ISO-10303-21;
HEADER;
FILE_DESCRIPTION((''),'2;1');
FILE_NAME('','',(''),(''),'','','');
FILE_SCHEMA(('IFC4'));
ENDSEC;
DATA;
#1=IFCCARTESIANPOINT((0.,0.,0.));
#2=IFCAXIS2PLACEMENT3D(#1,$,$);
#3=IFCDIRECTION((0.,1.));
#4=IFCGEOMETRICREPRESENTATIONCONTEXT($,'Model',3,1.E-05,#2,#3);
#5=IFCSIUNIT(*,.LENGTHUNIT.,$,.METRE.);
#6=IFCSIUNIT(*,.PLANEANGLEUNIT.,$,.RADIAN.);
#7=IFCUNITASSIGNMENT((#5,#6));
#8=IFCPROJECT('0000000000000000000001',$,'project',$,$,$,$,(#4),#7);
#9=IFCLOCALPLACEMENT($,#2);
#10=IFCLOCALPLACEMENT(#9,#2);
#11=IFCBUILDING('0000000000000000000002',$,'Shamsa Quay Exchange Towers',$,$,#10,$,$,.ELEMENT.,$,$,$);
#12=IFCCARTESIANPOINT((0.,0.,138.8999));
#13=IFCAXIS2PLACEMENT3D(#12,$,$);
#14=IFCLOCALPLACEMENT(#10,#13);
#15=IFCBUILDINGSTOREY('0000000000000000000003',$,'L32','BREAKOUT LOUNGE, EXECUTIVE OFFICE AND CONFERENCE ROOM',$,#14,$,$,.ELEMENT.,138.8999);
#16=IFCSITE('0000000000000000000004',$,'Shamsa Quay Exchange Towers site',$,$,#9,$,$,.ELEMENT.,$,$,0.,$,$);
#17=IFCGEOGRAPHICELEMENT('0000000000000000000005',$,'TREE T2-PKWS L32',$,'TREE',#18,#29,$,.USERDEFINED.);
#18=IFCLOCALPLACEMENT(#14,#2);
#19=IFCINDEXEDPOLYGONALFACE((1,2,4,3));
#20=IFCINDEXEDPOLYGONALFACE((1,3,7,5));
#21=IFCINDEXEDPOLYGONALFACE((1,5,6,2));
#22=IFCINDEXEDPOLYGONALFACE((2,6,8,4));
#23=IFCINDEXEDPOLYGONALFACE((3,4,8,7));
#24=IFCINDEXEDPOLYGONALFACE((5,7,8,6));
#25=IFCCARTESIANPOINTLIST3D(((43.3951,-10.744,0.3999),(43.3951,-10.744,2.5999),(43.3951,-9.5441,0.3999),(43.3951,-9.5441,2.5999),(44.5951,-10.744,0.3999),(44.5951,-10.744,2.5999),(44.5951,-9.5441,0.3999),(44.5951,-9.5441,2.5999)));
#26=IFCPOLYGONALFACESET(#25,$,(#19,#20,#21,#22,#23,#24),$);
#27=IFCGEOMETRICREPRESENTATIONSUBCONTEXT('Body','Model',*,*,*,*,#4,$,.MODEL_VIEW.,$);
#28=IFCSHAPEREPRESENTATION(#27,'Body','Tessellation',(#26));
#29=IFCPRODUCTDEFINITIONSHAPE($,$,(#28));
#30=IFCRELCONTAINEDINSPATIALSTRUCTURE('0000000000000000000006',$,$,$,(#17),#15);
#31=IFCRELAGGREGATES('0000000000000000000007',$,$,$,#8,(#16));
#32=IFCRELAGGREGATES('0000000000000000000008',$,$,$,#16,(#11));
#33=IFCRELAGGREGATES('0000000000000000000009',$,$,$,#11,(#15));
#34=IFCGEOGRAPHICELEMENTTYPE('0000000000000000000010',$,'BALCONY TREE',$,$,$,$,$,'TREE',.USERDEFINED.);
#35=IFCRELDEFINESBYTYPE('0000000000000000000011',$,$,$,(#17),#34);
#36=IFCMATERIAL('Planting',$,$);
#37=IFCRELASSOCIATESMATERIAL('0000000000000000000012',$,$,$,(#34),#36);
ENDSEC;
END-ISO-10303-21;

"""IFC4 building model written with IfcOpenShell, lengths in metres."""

from ifc_helpers import new_model, si_unit, direction, frame, origin, origin_2d, place, context, subcontext, project, spatial, rectangle, extrude, material, type_object, element, save


model = new_model("IFC4")

# Units and contexts
model_context = context("Model", 3, precision=1e-05, world=origin(), true_north=direction((0.0, 1.0)))
body_context = subcontext(model_context, "Body", "Model", "MODEL_VIEW")
ifc_project = project(units=[si_unit("LENGTHUNIT", "METRE"), si_unit("PLANEANGLEUNIT", "RADIAN")], contexts=[model_context])

# Site, building, storey
site_placement = place(None, origin())
site = spatial("IfcSite", under=ifc_project, at=site_placement, Name="Shamsa Quay Exchange Towers site", CompositionType="ELEMENT", RefElevation=0.0)
building_placement = place(site_placement, origin())
building = spatial("IfcBuilding", under=site, at=building_placement, Name="Shamsa Quay Exchange Towers", CompositionType="ELEMENT")
storey_placement = place(building_placement, frame((0.0, 0.0, 138.8999)))
storey = spatial("IfcBuildingStorey", under=building, at=storey_placement, Name="L32", Description="BREAKOUT LOUNGE, EXECUTIVE OFFICE AND CONFERENCE ROOM", CompositionType="ELEMENT", Elevation=138.8999)

# Geographic element
ifc_material_1 = material(Name="Planting")
geographic_element_type = type_object("IfcGeographicElementType", Name="BALCONY TREE", ElementType="TREE", PredefinedType="USERDEFINED", material=ifc_material_1)
geographic_element_placement = place(storey_placement, frame((43.9951, -10.144, 0.3999), z_axis=(0.0, 0.0, 1.0), x_axis=(0.0, 1.0, 0.0)))
element("IfcGeographicElement", 1, at=geographic_element_placement, inside=storey, type_object=geographic_element_type, Name="TREE T2-PKWS L32", ObjectType="TREE", PredefinedType="USERDEFINED", context=body_context, shape_type="SweptSolid", body=[
    extrude(rectangle(XDim=1.2, YDim=1.2, at=origin_2d()), origin(), (0.0, 0.0, 1.0), 2.2),
])

save(model, "model.ifc")
